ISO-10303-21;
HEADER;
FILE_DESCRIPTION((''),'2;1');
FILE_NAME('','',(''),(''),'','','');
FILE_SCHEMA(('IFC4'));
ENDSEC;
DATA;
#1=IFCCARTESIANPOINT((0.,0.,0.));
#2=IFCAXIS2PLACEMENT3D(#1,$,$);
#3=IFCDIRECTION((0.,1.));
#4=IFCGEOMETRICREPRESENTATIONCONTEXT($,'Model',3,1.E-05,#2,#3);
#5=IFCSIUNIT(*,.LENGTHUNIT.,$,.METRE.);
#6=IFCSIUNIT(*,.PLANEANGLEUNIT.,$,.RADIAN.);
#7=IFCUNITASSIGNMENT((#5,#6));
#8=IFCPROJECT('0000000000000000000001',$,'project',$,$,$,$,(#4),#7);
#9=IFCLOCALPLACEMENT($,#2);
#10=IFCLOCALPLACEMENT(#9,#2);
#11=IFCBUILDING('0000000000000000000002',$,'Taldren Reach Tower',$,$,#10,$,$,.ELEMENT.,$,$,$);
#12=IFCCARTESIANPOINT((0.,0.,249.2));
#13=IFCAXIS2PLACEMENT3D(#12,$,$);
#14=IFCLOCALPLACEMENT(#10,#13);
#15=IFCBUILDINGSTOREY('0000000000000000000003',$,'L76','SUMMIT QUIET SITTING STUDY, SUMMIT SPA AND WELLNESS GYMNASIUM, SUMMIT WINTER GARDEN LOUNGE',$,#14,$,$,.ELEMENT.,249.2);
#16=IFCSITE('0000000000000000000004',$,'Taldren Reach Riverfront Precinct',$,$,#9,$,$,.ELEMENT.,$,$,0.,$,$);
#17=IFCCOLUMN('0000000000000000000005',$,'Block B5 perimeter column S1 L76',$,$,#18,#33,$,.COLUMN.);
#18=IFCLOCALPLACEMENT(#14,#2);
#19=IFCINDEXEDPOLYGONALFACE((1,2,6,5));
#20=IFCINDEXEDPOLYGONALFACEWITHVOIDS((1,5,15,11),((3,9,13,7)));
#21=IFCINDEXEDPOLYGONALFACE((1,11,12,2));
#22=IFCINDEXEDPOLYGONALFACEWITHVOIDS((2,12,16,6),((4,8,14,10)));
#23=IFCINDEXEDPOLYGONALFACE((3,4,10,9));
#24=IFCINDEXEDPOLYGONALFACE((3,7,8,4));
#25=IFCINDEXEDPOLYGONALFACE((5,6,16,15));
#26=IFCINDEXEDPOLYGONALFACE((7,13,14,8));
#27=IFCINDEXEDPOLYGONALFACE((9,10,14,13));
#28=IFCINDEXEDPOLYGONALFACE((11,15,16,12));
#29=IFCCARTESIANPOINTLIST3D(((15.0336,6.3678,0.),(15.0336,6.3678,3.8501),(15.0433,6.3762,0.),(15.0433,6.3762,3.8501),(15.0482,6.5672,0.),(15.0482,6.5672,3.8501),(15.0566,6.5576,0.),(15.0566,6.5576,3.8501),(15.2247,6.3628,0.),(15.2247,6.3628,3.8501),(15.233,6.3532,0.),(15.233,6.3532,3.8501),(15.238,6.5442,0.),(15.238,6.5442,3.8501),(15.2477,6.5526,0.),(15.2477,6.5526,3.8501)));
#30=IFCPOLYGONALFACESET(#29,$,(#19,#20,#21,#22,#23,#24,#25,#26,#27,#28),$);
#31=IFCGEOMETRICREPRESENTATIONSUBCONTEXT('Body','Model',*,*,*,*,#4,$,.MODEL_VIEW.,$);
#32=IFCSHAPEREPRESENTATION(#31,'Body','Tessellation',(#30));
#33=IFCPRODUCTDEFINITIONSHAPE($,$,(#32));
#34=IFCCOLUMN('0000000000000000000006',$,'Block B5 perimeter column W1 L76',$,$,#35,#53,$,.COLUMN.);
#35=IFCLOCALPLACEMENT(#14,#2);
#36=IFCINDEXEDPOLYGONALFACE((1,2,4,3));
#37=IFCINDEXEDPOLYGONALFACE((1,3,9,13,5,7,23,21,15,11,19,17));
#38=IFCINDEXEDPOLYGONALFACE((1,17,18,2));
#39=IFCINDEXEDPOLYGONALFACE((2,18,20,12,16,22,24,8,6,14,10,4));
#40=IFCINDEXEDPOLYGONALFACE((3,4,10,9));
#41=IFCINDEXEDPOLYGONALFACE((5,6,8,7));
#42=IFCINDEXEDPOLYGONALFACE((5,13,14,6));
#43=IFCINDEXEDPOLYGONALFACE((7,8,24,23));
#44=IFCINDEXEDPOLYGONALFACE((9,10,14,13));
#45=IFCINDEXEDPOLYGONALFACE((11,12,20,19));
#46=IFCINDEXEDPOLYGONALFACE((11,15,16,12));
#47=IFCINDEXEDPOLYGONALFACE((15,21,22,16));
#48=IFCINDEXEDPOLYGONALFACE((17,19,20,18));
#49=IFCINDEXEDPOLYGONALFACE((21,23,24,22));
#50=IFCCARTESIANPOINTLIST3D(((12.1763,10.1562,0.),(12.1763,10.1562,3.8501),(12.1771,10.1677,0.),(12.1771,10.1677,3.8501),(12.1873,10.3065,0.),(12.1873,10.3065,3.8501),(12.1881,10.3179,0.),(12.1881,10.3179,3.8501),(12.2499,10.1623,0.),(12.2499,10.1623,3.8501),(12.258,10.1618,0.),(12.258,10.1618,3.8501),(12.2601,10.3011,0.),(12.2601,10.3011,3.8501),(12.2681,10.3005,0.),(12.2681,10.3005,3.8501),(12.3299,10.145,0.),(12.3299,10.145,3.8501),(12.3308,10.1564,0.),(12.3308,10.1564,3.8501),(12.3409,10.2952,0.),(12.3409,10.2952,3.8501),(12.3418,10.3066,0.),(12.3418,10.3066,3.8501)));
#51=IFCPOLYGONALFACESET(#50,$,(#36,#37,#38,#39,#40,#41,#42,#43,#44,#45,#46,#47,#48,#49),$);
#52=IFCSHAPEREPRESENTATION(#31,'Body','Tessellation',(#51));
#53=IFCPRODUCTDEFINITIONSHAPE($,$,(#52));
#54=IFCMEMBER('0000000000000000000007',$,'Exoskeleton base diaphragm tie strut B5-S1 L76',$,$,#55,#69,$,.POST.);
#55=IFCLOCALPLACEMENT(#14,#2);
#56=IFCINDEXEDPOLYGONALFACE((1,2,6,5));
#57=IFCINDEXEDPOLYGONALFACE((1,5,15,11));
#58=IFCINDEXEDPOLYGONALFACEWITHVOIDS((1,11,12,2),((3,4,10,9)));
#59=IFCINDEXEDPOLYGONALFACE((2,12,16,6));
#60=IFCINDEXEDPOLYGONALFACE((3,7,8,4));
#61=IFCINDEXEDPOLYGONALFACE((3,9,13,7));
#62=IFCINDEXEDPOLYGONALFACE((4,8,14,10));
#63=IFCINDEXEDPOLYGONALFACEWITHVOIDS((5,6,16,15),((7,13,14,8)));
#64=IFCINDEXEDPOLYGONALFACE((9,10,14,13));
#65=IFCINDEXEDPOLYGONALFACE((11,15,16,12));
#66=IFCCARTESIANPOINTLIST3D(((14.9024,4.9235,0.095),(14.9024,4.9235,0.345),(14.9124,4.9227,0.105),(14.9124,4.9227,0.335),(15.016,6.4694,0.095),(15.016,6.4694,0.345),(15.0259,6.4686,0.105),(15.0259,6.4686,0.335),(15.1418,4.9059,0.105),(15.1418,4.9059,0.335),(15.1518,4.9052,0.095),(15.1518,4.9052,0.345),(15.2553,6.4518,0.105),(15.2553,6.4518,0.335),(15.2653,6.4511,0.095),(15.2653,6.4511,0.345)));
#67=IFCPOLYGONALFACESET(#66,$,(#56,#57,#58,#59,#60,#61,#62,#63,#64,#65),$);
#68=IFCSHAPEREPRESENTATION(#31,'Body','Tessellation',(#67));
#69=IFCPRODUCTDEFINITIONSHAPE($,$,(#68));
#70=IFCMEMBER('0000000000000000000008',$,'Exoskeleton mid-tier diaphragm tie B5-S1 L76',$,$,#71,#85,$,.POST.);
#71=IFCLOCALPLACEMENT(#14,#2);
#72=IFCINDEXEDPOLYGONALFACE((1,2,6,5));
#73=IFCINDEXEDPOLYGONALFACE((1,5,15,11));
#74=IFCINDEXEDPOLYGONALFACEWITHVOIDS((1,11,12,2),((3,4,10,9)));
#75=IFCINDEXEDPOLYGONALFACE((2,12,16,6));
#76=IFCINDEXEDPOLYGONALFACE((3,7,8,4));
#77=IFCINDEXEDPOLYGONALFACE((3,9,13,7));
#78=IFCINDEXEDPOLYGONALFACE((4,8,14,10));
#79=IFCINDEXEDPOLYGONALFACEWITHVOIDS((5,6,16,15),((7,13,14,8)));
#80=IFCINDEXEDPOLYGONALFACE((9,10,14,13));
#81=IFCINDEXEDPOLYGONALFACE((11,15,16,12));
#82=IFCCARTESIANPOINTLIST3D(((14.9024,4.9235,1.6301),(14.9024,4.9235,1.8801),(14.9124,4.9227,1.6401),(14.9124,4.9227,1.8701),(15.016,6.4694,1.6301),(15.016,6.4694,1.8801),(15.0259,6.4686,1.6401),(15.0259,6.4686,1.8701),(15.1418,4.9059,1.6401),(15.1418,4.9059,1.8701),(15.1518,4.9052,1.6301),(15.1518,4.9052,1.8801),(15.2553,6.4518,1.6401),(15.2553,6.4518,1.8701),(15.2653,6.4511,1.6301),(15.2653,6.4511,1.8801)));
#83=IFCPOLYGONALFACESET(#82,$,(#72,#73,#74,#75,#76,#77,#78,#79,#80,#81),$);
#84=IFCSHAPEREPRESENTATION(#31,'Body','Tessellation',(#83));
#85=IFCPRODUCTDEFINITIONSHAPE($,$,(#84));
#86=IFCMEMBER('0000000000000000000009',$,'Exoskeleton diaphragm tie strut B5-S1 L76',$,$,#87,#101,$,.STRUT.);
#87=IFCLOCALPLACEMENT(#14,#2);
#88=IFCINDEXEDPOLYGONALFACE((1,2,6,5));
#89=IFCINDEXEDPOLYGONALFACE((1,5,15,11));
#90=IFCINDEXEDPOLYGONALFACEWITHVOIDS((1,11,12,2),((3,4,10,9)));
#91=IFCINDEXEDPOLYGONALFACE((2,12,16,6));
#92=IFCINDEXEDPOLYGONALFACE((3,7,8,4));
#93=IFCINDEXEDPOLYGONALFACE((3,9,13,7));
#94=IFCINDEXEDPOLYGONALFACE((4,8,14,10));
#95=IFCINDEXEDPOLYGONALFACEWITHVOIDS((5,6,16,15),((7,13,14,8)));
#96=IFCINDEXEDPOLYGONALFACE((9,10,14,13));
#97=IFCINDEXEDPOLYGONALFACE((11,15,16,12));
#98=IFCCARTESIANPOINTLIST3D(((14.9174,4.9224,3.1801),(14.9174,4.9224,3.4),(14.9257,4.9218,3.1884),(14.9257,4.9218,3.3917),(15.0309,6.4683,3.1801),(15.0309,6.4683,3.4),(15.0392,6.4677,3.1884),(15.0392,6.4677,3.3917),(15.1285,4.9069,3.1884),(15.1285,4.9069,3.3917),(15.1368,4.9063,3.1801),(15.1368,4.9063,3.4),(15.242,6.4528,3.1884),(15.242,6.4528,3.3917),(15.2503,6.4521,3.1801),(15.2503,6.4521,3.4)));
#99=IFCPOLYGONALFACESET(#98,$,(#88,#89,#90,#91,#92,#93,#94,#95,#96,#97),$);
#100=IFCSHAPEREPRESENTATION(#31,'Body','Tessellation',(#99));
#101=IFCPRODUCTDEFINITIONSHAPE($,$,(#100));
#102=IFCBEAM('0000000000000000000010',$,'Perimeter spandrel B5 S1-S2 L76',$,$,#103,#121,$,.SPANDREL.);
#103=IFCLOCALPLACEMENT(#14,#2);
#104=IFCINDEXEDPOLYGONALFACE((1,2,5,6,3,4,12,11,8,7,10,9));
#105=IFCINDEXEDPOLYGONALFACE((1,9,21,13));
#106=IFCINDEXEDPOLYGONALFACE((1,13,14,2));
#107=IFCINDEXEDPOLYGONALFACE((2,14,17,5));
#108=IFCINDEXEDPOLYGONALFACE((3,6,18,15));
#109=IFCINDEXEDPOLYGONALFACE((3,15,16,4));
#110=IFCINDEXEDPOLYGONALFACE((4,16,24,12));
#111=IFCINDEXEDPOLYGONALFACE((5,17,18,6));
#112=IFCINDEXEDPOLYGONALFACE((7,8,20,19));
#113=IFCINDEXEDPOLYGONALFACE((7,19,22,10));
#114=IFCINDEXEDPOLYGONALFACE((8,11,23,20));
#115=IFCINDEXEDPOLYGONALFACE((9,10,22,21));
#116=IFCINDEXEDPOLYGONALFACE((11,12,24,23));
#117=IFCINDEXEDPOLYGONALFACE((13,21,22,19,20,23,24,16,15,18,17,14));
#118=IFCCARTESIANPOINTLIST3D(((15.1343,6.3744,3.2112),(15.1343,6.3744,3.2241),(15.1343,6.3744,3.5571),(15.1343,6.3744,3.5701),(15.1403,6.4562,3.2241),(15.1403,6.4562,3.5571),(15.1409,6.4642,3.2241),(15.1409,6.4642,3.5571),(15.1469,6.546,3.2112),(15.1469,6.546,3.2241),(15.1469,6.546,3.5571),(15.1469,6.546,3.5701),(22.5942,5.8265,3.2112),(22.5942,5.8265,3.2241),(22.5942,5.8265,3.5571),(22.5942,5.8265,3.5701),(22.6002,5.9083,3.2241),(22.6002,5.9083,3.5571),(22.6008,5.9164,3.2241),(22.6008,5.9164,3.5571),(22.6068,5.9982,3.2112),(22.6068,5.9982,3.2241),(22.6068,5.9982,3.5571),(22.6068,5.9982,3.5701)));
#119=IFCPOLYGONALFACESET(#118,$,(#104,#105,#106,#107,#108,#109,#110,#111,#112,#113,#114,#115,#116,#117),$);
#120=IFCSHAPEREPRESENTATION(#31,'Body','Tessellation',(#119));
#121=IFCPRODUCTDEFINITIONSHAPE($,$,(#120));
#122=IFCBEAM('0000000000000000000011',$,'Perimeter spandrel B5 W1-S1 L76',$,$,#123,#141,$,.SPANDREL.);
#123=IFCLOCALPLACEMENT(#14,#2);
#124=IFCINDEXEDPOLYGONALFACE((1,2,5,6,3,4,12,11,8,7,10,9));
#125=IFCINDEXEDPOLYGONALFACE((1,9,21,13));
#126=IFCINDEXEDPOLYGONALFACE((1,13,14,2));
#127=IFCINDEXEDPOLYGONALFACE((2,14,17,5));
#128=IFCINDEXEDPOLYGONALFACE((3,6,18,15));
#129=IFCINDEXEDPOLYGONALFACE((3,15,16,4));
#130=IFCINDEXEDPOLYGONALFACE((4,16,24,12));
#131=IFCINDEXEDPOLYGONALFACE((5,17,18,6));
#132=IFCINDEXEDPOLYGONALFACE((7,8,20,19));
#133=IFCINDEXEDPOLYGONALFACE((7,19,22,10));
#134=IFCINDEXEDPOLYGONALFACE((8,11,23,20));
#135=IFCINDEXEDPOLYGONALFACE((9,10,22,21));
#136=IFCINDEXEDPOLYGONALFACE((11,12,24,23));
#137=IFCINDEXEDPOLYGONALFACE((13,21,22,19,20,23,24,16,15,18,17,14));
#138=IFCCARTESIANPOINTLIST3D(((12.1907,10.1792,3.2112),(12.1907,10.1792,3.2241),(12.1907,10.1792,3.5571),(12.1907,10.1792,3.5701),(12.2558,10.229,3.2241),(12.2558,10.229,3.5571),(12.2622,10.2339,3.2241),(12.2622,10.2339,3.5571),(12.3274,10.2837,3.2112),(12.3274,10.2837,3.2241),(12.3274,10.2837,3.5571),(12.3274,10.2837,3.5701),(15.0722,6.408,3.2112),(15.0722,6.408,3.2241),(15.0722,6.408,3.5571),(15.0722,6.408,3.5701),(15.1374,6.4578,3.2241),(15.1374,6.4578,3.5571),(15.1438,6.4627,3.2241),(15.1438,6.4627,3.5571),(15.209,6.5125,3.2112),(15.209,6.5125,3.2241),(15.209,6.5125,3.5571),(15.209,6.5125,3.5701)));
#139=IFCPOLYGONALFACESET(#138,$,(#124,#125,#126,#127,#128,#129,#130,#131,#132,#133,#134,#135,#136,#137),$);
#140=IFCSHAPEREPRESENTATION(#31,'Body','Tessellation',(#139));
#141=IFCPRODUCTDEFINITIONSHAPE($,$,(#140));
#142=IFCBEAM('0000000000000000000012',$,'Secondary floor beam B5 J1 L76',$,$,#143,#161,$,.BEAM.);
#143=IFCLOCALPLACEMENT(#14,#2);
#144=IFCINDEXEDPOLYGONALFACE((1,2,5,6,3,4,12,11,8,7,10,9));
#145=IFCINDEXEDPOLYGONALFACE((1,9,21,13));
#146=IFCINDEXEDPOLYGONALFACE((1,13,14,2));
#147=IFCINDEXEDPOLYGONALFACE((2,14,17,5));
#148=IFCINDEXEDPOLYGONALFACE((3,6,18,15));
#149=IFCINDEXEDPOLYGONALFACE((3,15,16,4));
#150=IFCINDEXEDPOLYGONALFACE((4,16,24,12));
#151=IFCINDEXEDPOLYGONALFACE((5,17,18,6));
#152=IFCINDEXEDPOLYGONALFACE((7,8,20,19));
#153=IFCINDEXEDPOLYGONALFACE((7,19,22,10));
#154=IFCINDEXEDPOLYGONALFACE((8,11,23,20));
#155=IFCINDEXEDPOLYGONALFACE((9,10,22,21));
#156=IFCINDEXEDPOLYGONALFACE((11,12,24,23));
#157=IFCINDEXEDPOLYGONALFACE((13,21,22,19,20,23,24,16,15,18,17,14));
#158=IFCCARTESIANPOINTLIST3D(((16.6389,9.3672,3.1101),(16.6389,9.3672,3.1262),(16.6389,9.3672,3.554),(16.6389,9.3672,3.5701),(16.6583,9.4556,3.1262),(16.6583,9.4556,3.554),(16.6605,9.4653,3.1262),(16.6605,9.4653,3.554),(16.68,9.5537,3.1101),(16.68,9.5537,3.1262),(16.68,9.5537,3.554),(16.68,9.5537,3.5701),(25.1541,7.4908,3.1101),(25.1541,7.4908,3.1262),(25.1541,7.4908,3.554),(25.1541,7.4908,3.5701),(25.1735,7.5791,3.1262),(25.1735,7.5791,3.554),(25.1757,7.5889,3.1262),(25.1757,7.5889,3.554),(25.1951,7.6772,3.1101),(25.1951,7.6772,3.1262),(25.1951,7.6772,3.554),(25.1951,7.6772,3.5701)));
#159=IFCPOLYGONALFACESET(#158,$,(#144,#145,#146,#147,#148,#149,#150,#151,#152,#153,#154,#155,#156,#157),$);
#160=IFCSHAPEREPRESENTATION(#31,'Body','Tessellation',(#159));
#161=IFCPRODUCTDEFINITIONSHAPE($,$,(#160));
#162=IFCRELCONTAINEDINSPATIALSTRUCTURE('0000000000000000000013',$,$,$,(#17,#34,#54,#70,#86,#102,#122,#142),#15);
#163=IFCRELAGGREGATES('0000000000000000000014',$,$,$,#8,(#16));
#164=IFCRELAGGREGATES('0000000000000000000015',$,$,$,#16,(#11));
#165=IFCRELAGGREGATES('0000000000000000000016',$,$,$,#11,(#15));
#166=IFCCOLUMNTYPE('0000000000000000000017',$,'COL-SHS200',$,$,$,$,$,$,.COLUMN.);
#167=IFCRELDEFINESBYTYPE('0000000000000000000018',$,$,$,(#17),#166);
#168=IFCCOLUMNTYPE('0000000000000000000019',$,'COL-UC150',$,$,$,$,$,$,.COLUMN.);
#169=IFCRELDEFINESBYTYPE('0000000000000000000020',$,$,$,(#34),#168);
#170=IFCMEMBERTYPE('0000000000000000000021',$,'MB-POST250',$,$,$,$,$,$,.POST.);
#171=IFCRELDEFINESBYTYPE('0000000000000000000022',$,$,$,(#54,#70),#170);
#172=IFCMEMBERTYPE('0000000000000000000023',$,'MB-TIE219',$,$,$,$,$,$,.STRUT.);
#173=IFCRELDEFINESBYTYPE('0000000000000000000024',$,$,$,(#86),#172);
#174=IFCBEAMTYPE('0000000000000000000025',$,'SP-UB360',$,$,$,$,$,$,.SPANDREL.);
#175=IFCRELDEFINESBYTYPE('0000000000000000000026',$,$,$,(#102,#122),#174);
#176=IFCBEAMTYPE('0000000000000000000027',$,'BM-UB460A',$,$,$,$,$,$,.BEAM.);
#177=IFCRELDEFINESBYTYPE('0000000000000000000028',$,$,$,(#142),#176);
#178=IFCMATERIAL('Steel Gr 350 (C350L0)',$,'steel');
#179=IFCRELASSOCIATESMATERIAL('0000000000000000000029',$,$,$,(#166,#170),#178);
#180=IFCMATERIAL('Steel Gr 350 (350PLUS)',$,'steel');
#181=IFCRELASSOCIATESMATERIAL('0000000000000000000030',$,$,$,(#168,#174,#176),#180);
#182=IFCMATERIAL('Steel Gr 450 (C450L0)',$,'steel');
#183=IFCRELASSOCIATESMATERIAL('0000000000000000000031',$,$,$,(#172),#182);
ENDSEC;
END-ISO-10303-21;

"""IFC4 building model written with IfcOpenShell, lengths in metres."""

from ifc_helpers import new_model, si_unit, direction, frame, origin, origin_2d, place, context, subcontext, project, spatial, hollow_rectangle, i_section, extrude, source, transform, mapped, material, material_profile, profile_set, type_object, element, save


model = new_model("IFC4")

# Units and contexts
model_context = context("Model", 3, precision=1e-05, world=origin(), true_north=direction((0.0, 1.0)))
body_context = subcontext(model_context, "Body", "Model", "MODEL_VIEW")
ifc_project = project(units=[si_unit("LENGTHUNIT", "METRE"), si_unit("PLANEANGLEUNIT", "RADIAN")], contexts=[model_context])

# Site, building, storey
site_placement = place(None, origin())
site = spatial("IfcSite", under=ifc_project, at=site_placement, Name="Taldren Reach Riverfront Precinct", CompositionType="ELEMENT", RefElevation=0.0)
building_placement = place(site_placement, origin())
building = spatial("IfcBuilding", under=site, at=building_placement, Name="Taldren Reach Tower", CompositionType="ELEMENT")
storey_placement = place(building_placement, frame((0.0, 0.0, 249.2)))
storey = spatial("IfcBuildingStorey", under=building, at=storey_placement, Name="L76", Description="SUMMIT QUIET SITTING STUDY, SUMMIT SPA AND WELLNESS GYMNASIUM, SUMMIT WINTER GARDEN LOUNGE", CompositionType="ELEMENT", Elevation=249.2)

# Columns
ifc_material_1 = material(Name="Steel Gr 350 (C350L0)", Category="steel")
ifc_material_profile_1 = material_profile(ifc_material_1, hollow_rectangle(XDim=0.2, YDim=0.2, WallThickness=0.009, at=origin_2d()), Name="200x200x9.0SHS")
ifc_profile_set_1 = profile_set([ifc_material_profile_1], Name="Steel Gr 350 (C350L0)")
column_type_1 = type_object("IfcColumnType", Name="COL-SHS200", PredefinedType="COLUMN", material=ifc_profile_set_1)
shared_shape_1 = source(origin(), body_context, "Body", "SweptSolid", [
    extrude(hollow_rectangle(XDim=0.2, YDim=0.2, WallThickness=0.009, at=origin_2d()), origin(), (0.0, 0.0, 1.0), 3.8501),
])
column_1_placement = place(storey_placement, frame((15.1406, 6.4602, 0.0), z_axis=(0.0, 0.0, 1.0), x_axis=(0.997314, -0.073238, 0.0)))
element("IfcColumn", 1, at=column_1_placement, inside=storey, type_object=column_type_1, Name="Block B5 perimeter column S1 L76", PredefinedType="COLUMN", context=body_context, shape_type="MappedRepresentation", body=[
    mapped(shared_shape_1, transform((0.0, 0.0, 0.0), scale=1.0)),
])
ifc_material_2 = material(Name="Steel Gr 350 (350PLUS)", Category="steel")
ifc_material_profile_2 = material_profile(ifc_material_2, i_section(OverallWidth=0.1541, OverallDepth=0.1621, WebThickness=0.0081, FlangeThickness=0.0115, at=origin_2d()), Name="150UC37.2")
ifc_profile_set_2 = profile_set([ifc_material_profile_2], Name="Steel Gr 350 (350PLUS)")
column_type_2 = type_object("IfcColumnType", Name="COL-UC150", PredefinedType="COLUMN", material=ifc_profile_set_2)
shared_shape_2 = source(origin(), body_context, "Body", "SweptSolid", [
    extrude(i_section(OverallWidth=0.1541, OverallDepth=0.1621, WebThickness=0.0081, FlangeThickness=0.0115, at=origin_2d()), origin(), (0.0, 0.0, 1.0), 3.8501),
])
column_2_placement = place(storey_placement, frame((12.259, 10.2314, 0.0), z_axis=(0.0, 0.0, 1.0), x_axis=(0.997314, -0.073238, 0.0)))
element("IfcColumn", 2, at=column_2_placement, inside=storey, type_object=column_type_2, Name="Block B5 perimeter column W1 L76", PredefinedType="COLUMN", context=body_context, shape_type="MappedRepresentation", body=[
    mapped(shared_shape_2, transform((0.0, 0.0, 0.0), scale=1.0)),
])

# Members
ifc_material_profile_3 = material_profile(ifc_material_1, hollow_rectangle(XDim=0.25, YDim=0.25, WallThickness=0.01, at=origin_2d()), Name="250x250x10.0SHS")
ifc_profile_set_3 = profile_set([ifc_material_profile_3], Name="Steel Gr 350 (C350L0)")
member_type_1 = type_object("IfcMemberType", Name="MB-POST250", PredefinedType="POST", material=ifc_profile_set_3)
shared_shape_3 = source(origin(), body_context, "Body", "SweptSolid", [
    extrude(hollow_rectangle(XDim=0.25, YDim=0.25, WallThickness=0.01, at=origin_2d()), origin(), (0.0, 0.0, 1.0), 1.55),
])
for number, where, z_axis, x_axis, name in (
    (3, (15.1406, 6.4602, 0.22), (-0.073239, -0.997314, 0.0), (0.997314, -0.073239, 0.0), "Exoskeleton base diaphragm tie strut B5-S1 L76"),
    (4, (15.1406, 6.4602, 1.7551), (-0.073239, -0.997314, 0.0), (0.997314, -0.073239, 0.0), "Exoskeleton mid-tier diaphragm tie B5-S1 L76"),
):
    element("IfcMember", number, at=place(storey_placement, frame(where, z_axis=z_axis, x_axis=x_axis)), inside=storey, type_object=member_type_1, Name=name, PredefinedType="POST", context=body_context, shape_type="MappedRepresentation", body=[
        mapped(shared_shape_3, transform((0.0, 0.0, 0.0), scale=1.0)),
    ])
ifc_material_3 = material(Name="Steel Gr 450 (C450L0)", Category="steel")
ifc_material_profile_4 = material_profile(ifc_material_3, hollow_rectangle(XDim=0.22, YDim=0.22, WallThickness=0.0083, at=origin_2d()), Name="220x220x8.2SHS")
ifc_profile_set_4 = profile_set([ifc_material_profile_4], Name="Steel Gr 450 (C450L0)")
member_type_2 = type_object("IfcMemberType", Name="MB-TIE219", PredefinedType="STRUT", material=ifc_profile_set_4)
shared_shape_4 = source(origin(), body_context, "Body", "SweptSolid", [
    extrude(hollow_rectangle(XDim=0.22, YDim=0.22, WallThickness=0.0083, at=origin_2d()), origin(), (0.0, 0.0, 1.0), 1.55),
])
member_1_placement = place(storey_placement, frame((15.1406, 6.4602, 3.29), z_axis=(-0.073239, -0.997314, 0.0), x_axis=(0.997314, -0.073239, 0.0)))
element("IfcMember", 5, at=member_1_placement, inside=storey, type_object=member_type_2, Name="Exoskeleton diaphragm tie strut B5-S1 L76", PredefinedType="STRUT", context=body_context, shape_type="MappedRepresentation", body=[
    mapped(shared_shape_4, transform((0.0, 0.0, 0.0), scale=1.0)),
])

# Beams
ifc_material_profile_5 = material_profile(ifc_material_2, i_section(OverallWidth=0.1721, OverallDepth=0.3589, WebThickness=0.0081, FlangeThickness=0.0129, at=origin_2d()), Name="360UB56.7")
ifc_profile_set_5 = profile_set([ifc_material_profile_5], Name="Steel Gr 350 (350PLUS)")
beam_type_1 = type_object("IfcBeamType", Name="SP-UB360", PredefinedType="SPANDREL", material=ifc_profile_set_5)
shared_shape_5 = source(origin(), body_context, "Body", "SweptSolid", [
    extrude(i_section(OverallWidth=0.1721, OverallDepth=0.3589, WebThickness=0.0081, FlangeThickness=0.0129, at=origin_2d()), origin(), (0.0, 0.0, 1.0), 7.48),
])
beam_1_placement = place(storey_placement, frame((15.1406, 6.4602, 3.3906), z_axis=(0.997314, -0.073242, 0.0), x_axis=(0.073242, 0.997314, 0.0)))
element("IfcBeam", 6, at=beam_1_placement, inside=storey, type_object=beam_type_1, Name="Perimeter spandrel B5 S1-S2 L76", PredefinedType="SPANDREL", context=body_context, shape_type="MappedRepresentation", body=[
    mapped(shared_shape_5, transform((0.0, 0.0, 0.0), scale=1.0)),
])
shared_shape_6 = source(origin(), body_context, "Body", "SweptSolid", [
    extrude(i_section(OverallWidth=0.1721, OverallDepth=0.3589, WebThickness=0.0081, FlangeThickness=0.0129, at=origin_2d()), origin(), (0.0, 0.0, 1.0), 4.7461),
])
beam_2_placement = place(storey_placement, frame((12.259, 10.2314, 3.3906), z_axis=(0.607145, -0.794591, 0.0), x_axis=(0.794591, 0.607145, 0.0)))
element("IfcBeam", 7, at=beam_2_placement, inside=storey, type_object=beam_type_1, Name="Perimeter spandrel B5 W1-S1 L76", PredefinedType="SPANDREL", context=body_context, shape_type="MappedRepresentation", body=[
    mapped(shared_shape_6, transform((0.0, 0.0, 0.0), scale=1.0)),
])
ifc_material_profile_6 = material_profile(ifc_material_2, i_section(OverallWidth=0.1909, OverallDepth=0.46, WebThickness=0.01, FlangeThickness=0.0161, at=origin_2d()), Name="460UB82.1")
ifc_profile_set_6 = profile_set([ifc_material_profile_6], Name="Steel Gr 350 (350PLUS)")
beam_type_2 = type_object("IfcBeamType", Name="BM-UB460A", PredefinedType="BEAM", material=ifc_profile_set_6)
shared_shape_7 = source(origin(), body_context, "Body", "SweptSolid", [
    extrude(i_section(OverallWidth=0.1909, OverallDepth=0.46, WebThickness=0.01, FlangeThickness=0.0161, at=origin_2d()), origin(), (0.0, 0.0, 1.0), 8.7195),
])
beam_3_placement = place(storey_placement, frame((16.6594, 9.4604, 3.3401), z_axis=(0.976569, -0.215205, 0.0), x_axis=(0.215205, 0.976569, 0.0)))
element("IfcBeam", 8, at=beam_3_placement, inside=storey, type_object=beam_type_2, Name="Secondary floor beam B5 J1 L76", PredefinedType="BEAM", context=body_context, shape_type="MappedRepresentation", body=[
    mapped(shared_shape_7, transform((0.0, 0.0, 0.0), scale=1.0)),
])

save(model, "model.ifc")
